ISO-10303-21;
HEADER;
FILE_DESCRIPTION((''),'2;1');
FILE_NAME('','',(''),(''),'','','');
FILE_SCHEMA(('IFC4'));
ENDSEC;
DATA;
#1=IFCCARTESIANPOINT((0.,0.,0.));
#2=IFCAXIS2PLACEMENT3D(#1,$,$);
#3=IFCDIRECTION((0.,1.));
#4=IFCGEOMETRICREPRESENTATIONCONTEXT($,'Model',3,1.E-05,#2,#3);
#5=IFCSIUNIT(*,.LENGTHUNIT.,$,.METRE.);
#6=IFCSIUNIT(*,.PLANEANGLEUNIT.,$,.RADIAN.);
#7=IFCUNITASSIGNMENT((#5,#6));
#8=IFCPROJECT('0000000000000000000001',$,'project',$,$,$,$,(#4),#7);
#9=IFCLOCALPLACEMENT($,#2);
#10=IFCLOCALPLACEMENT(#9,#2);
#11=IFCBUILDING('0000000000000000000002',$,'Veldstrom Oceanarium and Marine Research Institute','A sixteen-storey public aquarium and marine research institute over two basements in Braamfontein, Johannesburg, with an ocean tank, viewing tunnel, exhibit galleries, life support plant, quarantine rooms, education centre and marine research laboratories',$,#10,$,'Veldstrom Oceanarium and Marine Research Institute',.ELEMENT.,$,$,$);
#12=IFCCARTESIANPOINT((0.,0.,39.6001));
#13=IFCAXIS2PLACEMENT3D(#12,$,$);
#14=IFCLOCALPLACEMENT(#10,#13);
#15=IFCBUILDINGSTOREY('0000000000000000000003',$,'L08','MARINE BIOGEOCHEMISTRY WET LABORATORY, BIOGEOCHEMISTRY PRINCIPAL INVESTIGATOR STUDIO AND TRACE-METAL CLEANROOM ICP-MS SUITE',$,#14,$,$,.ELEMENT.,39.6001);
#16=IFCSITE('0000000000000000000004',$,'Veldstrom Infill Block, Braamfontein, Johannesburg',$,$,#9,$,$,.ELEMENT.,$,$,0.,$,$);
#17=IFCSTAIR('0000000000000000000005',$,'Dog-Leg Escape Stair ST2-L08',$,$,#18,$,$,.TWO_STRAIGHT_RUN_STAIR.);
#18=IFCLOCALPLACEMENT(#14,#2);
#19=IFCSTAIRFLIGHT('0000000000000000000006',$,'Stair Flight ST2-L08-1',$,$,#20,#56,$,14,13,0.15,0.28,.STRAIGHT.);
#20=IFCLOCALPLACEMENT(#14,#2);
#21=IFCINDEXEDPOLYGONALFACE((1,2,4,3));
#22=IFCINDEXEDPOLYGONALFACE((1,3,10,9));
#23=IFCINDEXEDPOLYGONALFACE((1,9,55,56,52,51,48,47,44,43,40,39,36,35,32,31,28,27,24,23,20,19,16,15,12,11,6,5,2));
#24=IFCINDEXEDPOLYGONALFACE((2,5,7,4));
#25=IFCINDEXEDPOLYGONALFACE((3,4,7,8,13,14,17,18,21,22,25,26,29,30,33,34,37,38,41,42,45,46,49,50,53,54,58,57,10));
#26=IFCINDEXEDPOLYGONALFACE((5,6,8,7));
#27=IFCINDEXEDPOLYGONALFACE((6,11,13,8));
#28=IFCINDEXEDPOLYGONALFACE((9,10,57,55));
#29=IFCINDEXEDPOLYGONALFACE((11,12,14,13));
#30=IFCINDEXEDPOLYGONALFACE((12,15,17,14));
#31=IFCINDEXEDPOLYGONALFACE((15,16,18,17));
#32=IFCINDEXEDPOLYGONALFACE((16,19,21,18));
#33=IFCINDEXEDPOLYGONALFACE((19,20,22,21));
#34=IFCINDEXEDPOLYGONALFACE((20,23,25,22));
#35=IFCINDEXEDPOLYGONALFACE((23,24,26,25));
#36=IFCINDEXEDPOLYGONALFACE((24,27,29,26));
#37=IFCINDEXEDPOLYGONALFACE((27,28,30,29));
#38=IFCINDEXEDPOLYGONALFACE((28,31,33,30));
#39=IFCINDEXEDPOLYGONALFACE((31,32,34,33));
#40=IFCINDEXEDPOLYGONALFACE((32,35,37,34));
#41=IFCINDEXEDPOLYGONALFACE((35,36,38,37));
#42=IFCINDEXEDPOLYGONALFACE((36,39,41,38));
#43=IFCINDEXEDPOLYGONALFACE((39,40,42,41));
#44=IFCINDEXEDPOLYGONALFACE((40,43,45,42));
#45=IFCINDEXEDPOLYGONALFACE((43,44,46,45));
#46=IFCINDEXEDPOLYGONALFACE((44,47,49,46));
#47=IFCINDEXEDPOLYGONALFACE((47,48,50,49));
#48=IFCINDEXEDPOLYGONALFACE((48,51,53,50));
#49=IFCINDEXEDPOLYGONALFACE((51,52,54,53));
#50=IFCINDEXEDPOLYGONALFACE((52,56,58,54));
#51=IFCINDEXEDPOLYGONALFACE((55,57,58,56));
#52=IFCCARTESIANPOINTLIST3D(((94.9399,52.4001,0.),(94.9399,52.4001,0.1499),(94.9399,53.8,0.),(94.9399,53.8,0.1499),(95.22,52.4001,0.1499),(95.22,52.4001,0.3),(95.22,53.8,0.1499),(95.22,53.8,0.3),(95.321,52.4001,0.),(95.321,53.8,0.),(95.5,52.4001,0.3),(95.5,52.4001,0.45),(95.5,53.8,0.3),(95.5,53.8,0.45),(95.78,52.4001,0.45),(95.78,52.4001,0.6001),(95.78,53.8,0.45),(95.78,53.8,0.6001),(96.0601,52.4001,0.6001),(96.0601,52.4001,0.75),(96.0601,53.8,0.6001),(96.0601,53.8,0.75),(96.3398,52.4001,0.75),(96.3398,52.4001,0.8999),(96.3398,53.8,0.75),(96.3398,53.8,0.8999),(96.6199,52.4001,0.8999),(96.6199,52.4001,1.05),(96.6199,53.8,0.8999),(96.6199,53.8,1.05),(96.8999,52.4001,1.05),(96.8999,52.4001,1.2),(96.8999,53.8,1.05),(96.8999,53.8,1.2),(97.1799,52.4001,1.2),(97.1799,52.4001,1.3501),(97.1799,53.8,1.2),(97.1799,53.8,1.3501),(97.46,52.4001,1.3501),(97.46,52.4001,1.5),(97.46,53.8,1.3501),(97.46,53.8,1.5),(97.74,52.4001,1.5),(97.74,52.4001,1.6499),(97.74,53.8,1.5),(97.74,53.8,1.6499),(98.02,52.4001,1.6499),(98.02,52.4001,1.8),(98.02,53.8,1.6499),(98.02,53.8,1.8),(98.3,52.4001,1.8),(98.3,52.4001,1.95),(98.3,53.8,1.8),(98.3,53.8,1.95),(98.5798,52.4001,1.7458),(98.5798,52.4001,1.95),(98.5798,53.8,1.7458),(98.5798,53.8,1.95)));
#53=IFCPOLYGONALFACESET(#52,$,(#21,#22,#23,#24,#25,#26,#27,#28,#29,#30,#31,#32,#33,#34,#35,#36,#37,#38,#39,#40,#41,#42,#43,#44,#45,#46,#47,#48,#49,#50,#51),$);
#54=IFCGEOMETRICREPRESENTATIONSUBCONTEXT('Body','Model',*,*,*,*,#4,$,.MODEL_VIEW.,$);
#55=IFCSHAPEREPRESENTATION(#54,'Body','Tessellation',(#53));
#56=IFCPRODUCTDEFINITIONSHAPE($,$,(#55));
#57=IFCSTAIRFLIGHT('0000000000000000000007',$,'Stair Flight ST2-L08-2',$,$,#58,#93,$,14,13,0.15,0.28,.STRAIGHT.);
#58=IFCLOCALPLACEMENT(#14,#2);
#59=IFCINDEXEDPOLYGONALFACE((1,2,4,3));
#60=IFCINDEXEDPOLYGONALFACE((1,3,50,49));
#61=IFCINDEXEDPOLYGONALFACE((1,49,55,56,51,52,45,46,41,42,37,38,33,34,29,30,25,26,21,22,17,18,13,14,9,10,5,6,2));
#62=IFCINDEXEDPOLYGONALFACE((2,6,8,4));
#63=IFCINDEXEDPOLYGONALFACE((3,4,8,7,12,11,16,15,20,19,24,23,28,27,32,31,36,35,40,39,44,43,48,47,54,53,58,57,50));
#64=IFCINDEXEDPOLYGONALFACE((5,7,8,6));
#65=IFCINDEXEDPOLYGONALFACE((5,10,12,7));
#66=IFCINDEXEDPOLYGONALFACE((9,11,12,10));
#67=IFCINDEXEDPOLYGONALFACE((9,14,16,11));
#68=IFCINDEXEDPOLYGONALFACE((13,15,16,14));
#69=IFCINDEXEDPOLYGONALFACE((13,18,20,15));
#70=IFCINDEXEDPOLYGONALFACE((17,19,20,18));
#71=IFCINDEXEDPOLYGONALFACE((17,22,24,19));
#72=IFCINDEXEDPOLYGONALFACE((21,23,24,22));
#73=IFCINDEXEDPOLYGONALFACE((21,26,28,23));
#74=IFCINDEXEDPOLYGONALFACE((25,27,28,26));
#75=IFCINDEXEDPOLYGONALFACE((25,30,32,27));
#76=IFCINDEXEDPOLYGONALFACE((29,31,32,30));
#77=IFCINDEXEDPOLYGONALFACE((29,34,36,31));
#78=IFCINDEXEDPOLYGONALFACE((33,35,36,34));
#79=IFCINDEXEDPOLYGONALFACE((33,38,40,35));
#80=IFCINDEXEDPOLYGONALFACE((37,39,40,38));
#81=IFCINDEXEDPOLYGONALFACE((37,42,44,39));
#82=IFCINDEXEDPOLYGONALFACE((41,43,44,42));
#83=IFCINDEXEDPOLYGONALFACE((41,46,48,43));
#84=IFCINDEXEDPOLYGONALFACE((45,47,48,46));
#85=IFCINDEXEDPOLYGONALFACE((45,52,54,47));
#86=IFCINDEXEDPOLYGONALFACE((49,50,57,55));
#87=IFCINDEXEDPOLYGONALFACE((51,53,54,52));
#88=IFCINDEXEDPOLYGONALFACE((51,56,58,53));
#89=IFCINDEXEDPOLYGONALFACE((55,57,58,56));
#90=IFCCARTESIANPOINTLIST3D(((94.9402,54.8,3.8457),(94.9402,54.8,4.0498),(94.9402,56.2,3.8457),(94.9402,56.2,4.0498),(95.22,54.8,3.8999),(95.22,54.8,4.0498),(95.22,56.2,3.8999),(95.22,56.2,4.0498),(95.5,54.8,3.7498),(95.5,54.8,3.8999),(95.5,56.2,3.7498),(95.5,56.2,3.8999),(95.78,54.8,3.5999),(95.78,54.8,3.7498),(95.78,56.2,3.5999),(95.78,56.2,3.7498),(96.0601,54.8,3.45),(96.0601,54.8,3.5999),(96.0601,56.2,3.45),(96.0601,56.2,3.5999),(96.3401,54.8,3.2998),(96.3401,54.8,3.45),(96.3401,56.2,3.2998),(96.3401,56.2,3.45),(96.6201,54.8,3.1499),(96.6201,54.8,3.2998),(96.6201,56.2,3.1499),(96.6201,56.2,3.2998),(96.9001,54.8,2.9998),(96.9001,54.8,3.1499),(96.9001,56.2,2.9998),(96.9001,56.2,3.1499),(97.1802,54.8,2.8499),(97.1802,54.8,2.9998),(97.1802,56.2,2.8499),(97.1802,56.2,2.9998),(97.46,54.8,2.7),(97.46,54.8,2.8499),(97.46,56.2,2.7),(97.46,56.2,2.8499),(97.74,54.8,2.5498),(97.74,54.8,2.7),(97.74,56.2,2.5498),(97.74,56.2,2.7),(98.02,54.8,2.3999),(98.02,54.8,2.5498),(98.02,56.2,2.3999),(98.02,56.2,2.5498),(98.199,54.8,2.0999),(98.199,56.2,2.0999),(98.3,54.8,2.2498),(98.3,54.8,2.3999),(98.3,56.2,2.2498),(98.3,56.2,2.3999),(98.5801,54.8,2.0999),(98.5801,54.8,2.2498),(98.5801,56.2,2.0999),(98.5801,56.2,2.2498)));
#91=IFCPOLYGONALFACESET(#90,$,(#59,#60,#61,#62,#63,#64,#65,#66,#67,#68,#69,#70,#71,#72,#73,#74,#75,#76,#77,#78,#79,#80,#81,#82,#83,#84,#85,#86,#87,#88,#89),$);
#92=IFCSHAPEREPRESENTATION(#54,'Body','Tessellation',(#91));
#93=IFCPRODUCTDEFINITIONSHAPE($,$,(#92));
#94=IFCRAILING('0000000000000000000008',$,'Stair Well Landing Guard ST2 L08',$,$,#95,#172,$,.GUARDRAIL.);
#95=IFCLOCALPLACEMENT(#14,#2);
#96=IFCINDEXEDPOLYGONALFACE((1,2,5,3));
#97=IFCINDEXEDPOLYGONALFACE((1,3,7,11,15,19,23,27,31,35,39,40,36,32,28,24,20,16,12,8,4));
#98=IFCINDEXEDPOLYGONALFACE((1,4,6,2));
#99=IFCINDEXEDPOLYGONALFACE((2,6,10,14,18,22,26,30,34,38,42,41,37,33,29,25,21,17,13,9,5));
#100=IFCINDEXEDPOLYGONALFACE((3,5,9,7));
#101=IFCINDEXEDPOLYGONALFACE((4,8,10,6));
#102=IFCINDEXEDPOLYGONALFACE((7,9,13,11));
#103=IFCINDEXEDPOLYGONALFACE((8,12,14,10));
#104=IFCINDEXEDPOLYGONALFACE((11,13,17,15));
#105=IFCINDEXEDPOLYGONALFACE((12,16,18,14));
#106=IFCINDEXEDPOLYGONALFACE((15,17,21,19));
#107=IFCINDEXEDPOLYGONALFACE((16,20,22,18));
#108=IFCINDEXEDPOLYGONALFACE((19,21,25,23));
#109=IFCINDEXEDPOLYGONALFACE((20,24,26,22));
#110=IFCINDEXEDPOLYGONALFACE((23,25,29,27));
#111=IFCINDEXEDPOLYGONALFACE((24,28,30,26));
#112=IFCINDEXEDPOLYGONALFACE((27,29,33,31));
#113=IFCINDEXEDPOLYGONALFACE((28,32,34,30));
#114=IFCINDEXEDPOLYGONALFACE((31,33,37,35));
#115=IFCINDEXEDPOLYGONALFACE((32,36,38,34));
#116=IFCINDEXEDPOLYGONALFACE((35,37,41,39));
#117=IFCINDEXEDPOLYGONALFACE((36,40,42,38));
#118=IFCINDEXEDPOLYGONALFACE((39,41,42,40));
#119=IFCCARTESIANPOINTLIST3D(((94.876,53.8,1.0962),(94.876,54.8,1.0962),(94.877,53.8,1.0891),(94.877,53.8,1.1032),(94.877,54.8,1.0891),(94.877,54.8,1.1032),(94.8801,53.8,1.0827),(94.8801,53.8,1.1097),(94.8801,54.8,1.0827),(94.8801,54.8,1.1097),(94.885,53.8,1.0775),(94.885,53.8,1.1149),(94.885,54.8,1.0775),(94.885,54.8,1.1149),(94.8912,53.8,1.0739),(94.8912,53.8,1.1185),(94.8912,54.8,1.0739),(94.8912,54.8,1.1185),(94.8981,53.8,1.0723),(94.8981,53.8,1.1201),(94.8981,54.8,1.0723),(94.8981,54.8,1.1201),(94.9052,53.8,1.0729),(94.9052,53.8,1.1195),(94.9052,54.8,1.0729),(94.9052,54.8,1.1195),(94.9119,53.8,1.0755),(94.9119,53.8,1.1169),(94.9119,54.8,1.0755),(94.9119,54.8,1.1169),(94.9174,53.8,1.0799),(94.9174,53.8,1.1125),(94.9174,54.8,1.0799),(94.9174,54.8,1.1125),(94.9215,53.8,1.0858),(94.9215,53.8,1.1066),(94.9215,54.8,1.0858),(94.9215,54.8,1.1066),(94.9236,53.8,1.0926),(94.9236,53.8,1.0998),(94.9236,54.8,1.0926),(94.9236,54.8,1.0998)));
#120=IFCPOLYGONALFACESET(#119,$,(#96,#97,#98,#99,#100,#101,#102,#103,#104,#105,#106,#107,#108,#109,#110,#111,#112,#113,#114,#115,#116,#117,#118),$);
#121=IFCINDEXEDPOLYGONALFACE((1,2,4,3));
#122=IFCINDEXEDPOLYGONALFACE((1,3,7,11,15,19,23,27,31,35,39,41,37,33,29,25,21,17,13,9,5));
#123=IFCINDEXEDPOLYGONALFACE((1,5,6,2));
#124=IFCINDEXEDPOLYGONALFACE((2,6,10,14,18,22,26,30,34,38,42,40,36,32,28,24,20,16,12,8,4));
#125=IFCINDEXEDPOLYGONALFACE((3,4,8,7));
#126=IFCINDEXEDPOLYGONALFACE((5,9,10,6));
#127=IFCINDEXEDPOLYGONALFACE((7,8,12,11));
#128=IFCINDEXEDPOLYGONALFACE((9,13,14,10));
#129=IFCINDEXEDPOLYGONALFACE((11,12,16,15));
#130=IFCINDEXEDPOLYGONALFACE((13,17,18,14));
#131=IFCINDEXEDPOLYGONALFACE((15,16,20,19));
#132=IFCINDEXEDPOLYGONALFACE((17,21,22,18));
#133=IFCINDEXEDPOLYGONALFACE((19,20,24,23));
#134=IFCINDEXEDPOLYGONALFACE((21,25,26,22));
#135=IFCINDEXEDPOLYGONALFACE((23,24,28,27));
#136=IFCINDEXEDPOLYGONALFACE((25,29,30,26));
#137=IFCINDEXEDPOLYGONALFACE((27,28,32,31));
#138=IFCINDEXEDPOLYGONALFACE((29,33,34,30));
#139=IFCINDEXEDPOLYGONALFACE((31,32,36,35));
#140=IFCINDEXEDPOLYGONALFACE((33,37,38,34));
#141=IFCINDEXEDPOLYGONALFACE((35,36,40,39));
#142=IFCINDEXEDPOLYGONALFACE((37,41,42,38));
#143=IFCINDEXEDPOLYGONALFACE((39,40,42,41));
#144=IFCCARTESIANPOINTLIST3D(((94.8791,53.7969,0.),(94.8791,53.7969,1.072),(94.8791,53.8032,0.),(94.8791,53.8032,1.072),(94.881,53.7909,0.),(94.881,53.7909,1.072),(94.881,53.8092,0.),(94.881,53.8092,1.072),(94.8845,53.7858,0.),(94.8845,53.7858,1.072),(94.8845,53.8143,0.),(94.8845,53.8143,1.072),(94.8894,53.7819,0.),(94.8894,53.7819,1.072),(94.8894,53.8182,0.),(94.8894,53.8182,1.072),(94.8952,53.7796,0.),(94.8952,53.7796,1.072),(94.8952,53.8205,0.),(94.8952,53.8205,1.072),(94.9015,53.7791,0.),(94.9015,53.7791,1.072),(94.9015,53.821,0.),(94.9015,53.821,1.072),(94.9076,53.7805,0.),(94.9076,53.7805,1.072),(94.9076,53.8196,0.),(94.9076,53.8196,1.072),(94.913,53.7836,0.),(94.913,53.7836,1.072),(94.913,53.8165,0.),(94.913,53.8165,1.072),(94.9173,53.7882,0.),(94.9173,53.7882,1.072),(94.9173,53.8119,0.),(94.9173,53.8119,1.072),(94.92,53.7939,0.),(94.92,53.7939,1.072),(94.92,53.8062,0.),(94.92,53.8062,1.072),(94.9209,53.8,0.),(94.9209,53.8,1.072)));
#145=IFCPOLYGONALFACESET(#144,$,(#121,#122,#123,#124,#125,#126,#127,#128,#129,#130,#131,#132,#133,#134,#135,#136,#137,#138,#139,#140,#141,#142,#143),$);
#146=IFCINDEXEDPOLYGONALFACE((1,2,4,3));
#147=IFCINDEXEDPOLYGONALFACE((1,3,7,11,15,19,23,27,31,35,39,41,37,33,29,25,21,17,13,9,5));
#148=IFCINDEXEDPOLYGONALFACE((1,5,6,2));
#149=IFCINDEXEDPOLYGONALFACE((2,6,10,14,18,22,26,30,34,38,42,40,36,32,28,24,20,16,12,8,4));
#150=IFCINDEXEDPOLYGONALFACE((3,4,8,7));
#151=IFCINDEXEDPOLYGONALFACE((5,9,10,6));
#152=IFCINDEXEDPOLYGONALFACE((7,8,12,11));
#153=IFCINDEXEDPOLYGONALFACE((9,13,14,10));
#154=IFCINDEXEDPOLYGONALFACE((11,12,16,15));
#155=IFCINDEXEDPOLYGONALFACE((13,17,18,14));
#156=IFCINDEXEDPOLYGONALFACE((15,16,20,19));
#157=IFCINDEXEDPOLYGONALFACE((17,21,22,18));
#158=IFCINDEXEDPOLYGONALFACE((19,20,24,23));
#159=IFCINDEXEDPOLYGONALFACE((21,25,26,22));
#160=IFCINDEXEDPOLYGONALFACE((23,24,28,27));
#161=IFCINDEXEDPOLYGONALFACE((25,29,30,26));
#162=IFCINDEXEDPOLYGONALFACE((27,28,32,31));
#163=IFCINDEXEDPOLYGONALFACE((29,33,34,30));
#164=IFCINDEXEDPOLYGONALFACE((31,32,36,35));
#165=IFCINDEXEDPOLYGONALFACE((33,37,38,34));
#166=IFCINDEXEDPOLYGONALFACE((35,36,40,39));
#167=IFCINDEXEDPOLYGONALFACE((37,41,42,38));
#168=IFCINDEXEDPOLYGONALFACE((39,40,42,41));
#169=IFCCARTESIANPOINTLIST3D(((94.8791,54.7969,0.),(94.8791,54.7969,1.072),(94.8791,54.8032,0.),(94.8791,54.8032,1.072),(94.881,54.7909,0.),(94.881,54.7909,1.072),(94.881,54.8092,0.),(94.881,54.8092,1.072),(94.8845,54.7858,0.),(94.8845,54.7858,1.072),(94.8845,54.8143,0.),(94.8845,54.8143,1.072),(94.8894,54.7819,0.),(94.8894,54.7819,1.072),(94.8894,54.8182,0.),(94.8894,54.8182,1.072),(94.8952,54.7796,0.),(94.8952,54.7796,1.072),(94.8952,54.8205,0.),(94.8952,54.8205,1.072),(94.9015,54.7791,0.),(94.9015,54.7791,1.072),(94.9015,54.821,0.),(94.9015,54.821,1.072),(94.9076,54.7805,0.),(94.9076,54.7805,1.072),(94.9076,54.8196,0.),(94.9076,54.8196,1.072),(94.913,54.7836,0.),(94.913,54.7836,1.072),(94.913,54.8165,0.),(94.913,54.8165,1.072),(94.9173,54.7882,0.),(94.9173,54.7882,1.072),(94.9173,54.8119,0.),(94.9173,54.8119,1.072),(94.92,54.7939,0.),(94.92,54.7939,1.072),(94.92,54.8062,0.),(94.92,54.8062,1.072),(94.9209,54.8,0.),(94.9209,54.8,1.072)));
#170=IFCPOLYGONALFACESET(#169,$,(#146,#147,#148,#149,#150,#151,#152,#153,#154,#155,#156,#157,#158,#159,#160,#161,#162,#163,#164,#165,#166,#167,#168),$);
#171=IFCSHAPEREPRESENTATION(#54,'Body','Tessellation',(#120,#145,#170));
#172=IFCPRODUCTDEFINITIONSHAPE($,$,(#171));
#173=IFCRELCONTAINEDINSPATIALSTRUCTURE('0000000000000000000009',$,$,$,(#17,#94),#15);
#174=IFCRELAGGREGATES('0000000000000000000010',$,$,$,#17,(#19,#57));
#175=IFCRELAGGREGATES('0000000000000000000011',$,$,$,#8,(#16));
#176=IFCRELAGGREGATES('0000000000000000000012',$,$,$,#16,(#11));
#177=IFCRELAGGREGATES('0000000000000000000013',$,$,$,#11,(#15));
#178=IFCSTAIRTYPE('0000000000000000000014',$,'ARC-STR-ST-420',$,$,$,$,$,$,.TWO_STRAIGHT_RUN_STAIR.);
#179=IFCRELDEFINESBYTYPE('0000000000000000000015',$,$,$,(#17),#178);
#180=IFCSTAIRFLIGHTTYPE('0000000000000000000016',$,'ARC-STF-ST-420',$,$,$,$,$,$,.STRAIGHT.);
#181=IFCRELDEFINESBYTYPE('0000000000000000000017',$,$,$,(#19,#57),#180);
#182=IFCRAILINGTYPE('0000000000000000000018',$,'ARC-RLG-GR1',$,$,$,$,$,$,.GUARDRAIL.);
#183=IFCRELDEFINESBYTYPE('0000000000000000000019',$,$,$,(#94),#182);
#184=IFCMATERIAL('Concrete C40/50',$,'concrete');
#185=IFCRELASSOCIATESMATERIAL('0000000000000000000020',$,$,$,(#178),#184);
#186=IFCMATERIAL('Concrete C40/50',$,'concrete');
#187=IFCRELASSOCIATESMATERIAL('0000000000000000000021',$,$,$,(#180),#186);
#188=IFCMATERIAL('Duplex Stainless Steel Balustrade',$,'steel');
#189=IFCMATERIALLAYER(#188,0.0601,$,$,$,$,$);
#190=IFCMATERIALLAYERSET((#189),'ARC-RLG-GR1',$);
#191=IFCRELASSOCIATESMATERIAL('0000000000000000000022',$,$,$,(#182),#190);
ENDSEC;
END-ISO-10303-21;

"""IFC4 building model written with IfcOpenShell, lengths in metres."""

from ifc_helpers import new_model, si_unit, direction, frame, origin, origin_2d, place, context, subcontext, project, spatial, polyline, circle, outline, extrude, material, layer, layer_set, type_object, element, aggregate, save


model = new_model("IFC4")

# Units and contexts
model_context = context("Model", 3, precision=1e-05, world=origin(), true_north=direction((0.0, 1.0)))
body_context = subcontext(model_context, "Body", "Model", "MODEL_VIEW")
ifc_project = project(units=[si_unit("LENGTHUNIT", "METRE"), si_unit("PLANEANGLEUNIT", "RADIAN")], contexts=[model_context])

# Site, building, storey
site_placement = place(None, origin())
site = spatial("IfcSite", under=ifc_project, at=site_placement, Name="Veldstrom Infill Block, Braamfontein, Johannesburg", CompositionType="ELEMENT", RefElevation=0.0)
building_placement = place(site_placement, origin())
building = spatial("IfcBuilding", under=site, at=building_placement, Name="Veldstrom Oceanarium and Marine Research Institute", Description="A sixteen-storey public aquarium and marine research institute over two basements in Braamfontein, Johannesburg, with an ocean tank, viewing tunnel, exhibit galleries, life support plant, quarantine rooms, education centre and marine research laboratories", LongName="Veldstrom Oceanarium and Marine Research Institute", CompositionType="ELEMENT")
storey_placement = place(building_placement, frame((0.0, 0.0, 39.6001)))
storey = spatial("IfcBuildingStorey", under=building, at=storey_placement, Name="L08", Description="MARINE BIOGEOCHEMISTRY WET LABORATORY, BIOGEOCHEMISTRY PRINCIPAL INVESTIGATOR STUDIO AND TRACE-METAL CLEANROOM ICP-MS SUITE", CompositionType="ELEMENT", Elevation=39.6001)

# Stair, stair flights
ifc_material_1 = material(Name="Concrete C40/50", Category="concrete")
stair_type = type_object("IfcStairType", Name="ARC-STR-ST-420", PredefinedType="TWO_STRAIGHT_RUN_STAIR", material=ifc_material_1)
stair_placement = place(storey_placement, origin())
stair = element("IfcStair", 1, at=stair_placement, inside=storey, type_object=stair_type, Name="Dog-Leg Escape Stair ST2-L08", PredefinedType="TWO_STRAIGHT_RUN_STAIR")
ifc_material_2 = material(Name="Concrete C40/50", Category="concrete")
stair_flight_type = type_object("IfcStairFlightType", Name="ARC-STF-ST-420", PredefinedType="STRAIGHT", material=ifc_material_2)
stair_flight_1_placement = place(storey_placement, frame((94.9399, 53.1001, 0.0), z_axis=(0.0, 0.0, 1.0), x_axis=(1.0, 0.0, 0.0)))
stair_flight_1 = element("IfcStairFlight", 2, at=stair_flight_1_placement, type_object=stair_flight_type, Name="Stair Flight ST2-L08-1", NumberOfRisers=14, NumberOfTreads=13, PredefinedType="STRAIGHT", RiserHeight=0.15, TreadLength=0.28, context=body_context, shape_type="SweptSolid", body=[
    extrude(outline(polyline([(0.0, 0.0), (0.0, 0.1499), (0.28, 0.1499), (0.28, 0.3), (0.5601, 0.3), (0.5601, 0.45), (0.8401, 0.45), (0.8401, 0.6001), (1.1201, 0.6001), (1.1201, 0.75), (1.3999, 0.75), (1.3999, 0.8999), (1.6799, 0.8999), (1.6799, 1.05), (1.96, 1.05), (1.96, 1.2), (2.24, 1.2), (2.24, 1.3501), (2.52, 1.3501), (2.52, 1.5), (2.8, 1.5), (2.8, 1.6499), (3.0801, 1.6499), (3.0801, 1.8), (3.3601, 1.8), (3.3601, 1.95), (3.6399, 1.95), (3.6399, 2.1001), (3.6399, 1.7458), (0.3811, 0.0), (0.0, 0.0)])), frame((0.0, 0.7, 0.0), z_axis=(0.0, -1.0, 0.0), x_axis=(1.0, 0.0, 0.0)), (0.0, 0.0, 1.0), 1.3999),
])
stair_flight_2_placement = place(storey_placement, frame((98.5801, 55.5, 2.0999), z_axis=(0.0, 0.0, 1.0), x_axis=(-1.0, 0.0, 0.0)))
stair_flight_2 = element("IfcStairFlight", 3, at=stair_flight_2_placement, type_object=stair_flight_type, Name="Stair Flight ST2-L08-2", NumberOfRisers=14, NumberOfTreads=13, PredefinedType="STRAIGHT", RiserHeight=0.15, TreadLength=0.28, context=body_context, shape_type="SweptSolid", body=[
    extrude(outline(polyline([(0.0, 0.0), (0.0, 0.1499), (0.28, 0.1499), (0.28, 0.3), (0.5601, 0.3), (0.5601, 0.45), (0.8401, 0.45), (0.8401, 0.6001), (1.1201, 0.6001), (1.1201, 0.75), (1.3999, 0.75), (1.3999, 0.8999), (1.6799, 0.8999), (1.6799, 1.05), (1.96, 1.05), (1.96, 1.2), (2.24, 1.2), (2.24, 1.3501), (2.52, 1.3501), (2.52, 1.5), (2.8, 1.5), (2.8, 1.6499), (3.0801, 1.6499), (3.0801, 1.8), (3.3601, 1.8), (3.3601, 1.95), (3.6399, 1.95), (3.6399, 2.1001), (3.6399, 1.7458), (0.3811, 0.0), (0.0, 0.0)])), frame((0.0, 0.7, 0.0), z_axis=(0.0, -1.0, 0.0), x_axis=(1.0, 0.0, 0.0)), (0.0, 0.0, 1.0), 1.3999),
])
aggregate(stair, [stair_flight_1, stair_flight_2])

# Railing
ifc_material_3 = material(Name="Duplex Stainless Steel Balustrade", Category="steel")
ifc_layer_1 = layer(ifc_material_3, 0.0601)
ifc_layer_set_1 = layer_set([ifc_layer_1], Name="ARC-RLG-GR1")
railing_type_1 = type_object("IfcRailingType", Name="ARC-RLG-GR1", PredefinedType="GUARDRAIL", material=ifc_layer_set_1)
railing_1_placement = place(storey_placement, frame((94.8999, 53.8, 0.0)))
element("IfcRailing", 4, at=railing_1_placement, inside=storey, type_object=railing_type_1, Name="Stair Well Landing Guard ST2 L08", PredefinedType="GUARDRAIL", context=body_context, shape_type="SweptSolid", body=[
    extrude(circle(Radius=0.0239, at=origin_2d()), frame((0.0, 0.0, 1.0962), z_axis=(0.0, 1.0, 0.0), x_axis=(-1.0, 0.0, 0.0)), (0.0, 0.0, 1.0), 1.0),
    extrude(circle(Radius=0.021, at=origin_2d()), origin(), (0.0, 0.0, 1.0), 1.072),
    extrude(circle(Radius=0.021, at=origin_2d()), frame((0.0, 1.0, 0.0)), (0.0, 0.0, 1.0), 1.072),
])

save(model, "model.ifc")
